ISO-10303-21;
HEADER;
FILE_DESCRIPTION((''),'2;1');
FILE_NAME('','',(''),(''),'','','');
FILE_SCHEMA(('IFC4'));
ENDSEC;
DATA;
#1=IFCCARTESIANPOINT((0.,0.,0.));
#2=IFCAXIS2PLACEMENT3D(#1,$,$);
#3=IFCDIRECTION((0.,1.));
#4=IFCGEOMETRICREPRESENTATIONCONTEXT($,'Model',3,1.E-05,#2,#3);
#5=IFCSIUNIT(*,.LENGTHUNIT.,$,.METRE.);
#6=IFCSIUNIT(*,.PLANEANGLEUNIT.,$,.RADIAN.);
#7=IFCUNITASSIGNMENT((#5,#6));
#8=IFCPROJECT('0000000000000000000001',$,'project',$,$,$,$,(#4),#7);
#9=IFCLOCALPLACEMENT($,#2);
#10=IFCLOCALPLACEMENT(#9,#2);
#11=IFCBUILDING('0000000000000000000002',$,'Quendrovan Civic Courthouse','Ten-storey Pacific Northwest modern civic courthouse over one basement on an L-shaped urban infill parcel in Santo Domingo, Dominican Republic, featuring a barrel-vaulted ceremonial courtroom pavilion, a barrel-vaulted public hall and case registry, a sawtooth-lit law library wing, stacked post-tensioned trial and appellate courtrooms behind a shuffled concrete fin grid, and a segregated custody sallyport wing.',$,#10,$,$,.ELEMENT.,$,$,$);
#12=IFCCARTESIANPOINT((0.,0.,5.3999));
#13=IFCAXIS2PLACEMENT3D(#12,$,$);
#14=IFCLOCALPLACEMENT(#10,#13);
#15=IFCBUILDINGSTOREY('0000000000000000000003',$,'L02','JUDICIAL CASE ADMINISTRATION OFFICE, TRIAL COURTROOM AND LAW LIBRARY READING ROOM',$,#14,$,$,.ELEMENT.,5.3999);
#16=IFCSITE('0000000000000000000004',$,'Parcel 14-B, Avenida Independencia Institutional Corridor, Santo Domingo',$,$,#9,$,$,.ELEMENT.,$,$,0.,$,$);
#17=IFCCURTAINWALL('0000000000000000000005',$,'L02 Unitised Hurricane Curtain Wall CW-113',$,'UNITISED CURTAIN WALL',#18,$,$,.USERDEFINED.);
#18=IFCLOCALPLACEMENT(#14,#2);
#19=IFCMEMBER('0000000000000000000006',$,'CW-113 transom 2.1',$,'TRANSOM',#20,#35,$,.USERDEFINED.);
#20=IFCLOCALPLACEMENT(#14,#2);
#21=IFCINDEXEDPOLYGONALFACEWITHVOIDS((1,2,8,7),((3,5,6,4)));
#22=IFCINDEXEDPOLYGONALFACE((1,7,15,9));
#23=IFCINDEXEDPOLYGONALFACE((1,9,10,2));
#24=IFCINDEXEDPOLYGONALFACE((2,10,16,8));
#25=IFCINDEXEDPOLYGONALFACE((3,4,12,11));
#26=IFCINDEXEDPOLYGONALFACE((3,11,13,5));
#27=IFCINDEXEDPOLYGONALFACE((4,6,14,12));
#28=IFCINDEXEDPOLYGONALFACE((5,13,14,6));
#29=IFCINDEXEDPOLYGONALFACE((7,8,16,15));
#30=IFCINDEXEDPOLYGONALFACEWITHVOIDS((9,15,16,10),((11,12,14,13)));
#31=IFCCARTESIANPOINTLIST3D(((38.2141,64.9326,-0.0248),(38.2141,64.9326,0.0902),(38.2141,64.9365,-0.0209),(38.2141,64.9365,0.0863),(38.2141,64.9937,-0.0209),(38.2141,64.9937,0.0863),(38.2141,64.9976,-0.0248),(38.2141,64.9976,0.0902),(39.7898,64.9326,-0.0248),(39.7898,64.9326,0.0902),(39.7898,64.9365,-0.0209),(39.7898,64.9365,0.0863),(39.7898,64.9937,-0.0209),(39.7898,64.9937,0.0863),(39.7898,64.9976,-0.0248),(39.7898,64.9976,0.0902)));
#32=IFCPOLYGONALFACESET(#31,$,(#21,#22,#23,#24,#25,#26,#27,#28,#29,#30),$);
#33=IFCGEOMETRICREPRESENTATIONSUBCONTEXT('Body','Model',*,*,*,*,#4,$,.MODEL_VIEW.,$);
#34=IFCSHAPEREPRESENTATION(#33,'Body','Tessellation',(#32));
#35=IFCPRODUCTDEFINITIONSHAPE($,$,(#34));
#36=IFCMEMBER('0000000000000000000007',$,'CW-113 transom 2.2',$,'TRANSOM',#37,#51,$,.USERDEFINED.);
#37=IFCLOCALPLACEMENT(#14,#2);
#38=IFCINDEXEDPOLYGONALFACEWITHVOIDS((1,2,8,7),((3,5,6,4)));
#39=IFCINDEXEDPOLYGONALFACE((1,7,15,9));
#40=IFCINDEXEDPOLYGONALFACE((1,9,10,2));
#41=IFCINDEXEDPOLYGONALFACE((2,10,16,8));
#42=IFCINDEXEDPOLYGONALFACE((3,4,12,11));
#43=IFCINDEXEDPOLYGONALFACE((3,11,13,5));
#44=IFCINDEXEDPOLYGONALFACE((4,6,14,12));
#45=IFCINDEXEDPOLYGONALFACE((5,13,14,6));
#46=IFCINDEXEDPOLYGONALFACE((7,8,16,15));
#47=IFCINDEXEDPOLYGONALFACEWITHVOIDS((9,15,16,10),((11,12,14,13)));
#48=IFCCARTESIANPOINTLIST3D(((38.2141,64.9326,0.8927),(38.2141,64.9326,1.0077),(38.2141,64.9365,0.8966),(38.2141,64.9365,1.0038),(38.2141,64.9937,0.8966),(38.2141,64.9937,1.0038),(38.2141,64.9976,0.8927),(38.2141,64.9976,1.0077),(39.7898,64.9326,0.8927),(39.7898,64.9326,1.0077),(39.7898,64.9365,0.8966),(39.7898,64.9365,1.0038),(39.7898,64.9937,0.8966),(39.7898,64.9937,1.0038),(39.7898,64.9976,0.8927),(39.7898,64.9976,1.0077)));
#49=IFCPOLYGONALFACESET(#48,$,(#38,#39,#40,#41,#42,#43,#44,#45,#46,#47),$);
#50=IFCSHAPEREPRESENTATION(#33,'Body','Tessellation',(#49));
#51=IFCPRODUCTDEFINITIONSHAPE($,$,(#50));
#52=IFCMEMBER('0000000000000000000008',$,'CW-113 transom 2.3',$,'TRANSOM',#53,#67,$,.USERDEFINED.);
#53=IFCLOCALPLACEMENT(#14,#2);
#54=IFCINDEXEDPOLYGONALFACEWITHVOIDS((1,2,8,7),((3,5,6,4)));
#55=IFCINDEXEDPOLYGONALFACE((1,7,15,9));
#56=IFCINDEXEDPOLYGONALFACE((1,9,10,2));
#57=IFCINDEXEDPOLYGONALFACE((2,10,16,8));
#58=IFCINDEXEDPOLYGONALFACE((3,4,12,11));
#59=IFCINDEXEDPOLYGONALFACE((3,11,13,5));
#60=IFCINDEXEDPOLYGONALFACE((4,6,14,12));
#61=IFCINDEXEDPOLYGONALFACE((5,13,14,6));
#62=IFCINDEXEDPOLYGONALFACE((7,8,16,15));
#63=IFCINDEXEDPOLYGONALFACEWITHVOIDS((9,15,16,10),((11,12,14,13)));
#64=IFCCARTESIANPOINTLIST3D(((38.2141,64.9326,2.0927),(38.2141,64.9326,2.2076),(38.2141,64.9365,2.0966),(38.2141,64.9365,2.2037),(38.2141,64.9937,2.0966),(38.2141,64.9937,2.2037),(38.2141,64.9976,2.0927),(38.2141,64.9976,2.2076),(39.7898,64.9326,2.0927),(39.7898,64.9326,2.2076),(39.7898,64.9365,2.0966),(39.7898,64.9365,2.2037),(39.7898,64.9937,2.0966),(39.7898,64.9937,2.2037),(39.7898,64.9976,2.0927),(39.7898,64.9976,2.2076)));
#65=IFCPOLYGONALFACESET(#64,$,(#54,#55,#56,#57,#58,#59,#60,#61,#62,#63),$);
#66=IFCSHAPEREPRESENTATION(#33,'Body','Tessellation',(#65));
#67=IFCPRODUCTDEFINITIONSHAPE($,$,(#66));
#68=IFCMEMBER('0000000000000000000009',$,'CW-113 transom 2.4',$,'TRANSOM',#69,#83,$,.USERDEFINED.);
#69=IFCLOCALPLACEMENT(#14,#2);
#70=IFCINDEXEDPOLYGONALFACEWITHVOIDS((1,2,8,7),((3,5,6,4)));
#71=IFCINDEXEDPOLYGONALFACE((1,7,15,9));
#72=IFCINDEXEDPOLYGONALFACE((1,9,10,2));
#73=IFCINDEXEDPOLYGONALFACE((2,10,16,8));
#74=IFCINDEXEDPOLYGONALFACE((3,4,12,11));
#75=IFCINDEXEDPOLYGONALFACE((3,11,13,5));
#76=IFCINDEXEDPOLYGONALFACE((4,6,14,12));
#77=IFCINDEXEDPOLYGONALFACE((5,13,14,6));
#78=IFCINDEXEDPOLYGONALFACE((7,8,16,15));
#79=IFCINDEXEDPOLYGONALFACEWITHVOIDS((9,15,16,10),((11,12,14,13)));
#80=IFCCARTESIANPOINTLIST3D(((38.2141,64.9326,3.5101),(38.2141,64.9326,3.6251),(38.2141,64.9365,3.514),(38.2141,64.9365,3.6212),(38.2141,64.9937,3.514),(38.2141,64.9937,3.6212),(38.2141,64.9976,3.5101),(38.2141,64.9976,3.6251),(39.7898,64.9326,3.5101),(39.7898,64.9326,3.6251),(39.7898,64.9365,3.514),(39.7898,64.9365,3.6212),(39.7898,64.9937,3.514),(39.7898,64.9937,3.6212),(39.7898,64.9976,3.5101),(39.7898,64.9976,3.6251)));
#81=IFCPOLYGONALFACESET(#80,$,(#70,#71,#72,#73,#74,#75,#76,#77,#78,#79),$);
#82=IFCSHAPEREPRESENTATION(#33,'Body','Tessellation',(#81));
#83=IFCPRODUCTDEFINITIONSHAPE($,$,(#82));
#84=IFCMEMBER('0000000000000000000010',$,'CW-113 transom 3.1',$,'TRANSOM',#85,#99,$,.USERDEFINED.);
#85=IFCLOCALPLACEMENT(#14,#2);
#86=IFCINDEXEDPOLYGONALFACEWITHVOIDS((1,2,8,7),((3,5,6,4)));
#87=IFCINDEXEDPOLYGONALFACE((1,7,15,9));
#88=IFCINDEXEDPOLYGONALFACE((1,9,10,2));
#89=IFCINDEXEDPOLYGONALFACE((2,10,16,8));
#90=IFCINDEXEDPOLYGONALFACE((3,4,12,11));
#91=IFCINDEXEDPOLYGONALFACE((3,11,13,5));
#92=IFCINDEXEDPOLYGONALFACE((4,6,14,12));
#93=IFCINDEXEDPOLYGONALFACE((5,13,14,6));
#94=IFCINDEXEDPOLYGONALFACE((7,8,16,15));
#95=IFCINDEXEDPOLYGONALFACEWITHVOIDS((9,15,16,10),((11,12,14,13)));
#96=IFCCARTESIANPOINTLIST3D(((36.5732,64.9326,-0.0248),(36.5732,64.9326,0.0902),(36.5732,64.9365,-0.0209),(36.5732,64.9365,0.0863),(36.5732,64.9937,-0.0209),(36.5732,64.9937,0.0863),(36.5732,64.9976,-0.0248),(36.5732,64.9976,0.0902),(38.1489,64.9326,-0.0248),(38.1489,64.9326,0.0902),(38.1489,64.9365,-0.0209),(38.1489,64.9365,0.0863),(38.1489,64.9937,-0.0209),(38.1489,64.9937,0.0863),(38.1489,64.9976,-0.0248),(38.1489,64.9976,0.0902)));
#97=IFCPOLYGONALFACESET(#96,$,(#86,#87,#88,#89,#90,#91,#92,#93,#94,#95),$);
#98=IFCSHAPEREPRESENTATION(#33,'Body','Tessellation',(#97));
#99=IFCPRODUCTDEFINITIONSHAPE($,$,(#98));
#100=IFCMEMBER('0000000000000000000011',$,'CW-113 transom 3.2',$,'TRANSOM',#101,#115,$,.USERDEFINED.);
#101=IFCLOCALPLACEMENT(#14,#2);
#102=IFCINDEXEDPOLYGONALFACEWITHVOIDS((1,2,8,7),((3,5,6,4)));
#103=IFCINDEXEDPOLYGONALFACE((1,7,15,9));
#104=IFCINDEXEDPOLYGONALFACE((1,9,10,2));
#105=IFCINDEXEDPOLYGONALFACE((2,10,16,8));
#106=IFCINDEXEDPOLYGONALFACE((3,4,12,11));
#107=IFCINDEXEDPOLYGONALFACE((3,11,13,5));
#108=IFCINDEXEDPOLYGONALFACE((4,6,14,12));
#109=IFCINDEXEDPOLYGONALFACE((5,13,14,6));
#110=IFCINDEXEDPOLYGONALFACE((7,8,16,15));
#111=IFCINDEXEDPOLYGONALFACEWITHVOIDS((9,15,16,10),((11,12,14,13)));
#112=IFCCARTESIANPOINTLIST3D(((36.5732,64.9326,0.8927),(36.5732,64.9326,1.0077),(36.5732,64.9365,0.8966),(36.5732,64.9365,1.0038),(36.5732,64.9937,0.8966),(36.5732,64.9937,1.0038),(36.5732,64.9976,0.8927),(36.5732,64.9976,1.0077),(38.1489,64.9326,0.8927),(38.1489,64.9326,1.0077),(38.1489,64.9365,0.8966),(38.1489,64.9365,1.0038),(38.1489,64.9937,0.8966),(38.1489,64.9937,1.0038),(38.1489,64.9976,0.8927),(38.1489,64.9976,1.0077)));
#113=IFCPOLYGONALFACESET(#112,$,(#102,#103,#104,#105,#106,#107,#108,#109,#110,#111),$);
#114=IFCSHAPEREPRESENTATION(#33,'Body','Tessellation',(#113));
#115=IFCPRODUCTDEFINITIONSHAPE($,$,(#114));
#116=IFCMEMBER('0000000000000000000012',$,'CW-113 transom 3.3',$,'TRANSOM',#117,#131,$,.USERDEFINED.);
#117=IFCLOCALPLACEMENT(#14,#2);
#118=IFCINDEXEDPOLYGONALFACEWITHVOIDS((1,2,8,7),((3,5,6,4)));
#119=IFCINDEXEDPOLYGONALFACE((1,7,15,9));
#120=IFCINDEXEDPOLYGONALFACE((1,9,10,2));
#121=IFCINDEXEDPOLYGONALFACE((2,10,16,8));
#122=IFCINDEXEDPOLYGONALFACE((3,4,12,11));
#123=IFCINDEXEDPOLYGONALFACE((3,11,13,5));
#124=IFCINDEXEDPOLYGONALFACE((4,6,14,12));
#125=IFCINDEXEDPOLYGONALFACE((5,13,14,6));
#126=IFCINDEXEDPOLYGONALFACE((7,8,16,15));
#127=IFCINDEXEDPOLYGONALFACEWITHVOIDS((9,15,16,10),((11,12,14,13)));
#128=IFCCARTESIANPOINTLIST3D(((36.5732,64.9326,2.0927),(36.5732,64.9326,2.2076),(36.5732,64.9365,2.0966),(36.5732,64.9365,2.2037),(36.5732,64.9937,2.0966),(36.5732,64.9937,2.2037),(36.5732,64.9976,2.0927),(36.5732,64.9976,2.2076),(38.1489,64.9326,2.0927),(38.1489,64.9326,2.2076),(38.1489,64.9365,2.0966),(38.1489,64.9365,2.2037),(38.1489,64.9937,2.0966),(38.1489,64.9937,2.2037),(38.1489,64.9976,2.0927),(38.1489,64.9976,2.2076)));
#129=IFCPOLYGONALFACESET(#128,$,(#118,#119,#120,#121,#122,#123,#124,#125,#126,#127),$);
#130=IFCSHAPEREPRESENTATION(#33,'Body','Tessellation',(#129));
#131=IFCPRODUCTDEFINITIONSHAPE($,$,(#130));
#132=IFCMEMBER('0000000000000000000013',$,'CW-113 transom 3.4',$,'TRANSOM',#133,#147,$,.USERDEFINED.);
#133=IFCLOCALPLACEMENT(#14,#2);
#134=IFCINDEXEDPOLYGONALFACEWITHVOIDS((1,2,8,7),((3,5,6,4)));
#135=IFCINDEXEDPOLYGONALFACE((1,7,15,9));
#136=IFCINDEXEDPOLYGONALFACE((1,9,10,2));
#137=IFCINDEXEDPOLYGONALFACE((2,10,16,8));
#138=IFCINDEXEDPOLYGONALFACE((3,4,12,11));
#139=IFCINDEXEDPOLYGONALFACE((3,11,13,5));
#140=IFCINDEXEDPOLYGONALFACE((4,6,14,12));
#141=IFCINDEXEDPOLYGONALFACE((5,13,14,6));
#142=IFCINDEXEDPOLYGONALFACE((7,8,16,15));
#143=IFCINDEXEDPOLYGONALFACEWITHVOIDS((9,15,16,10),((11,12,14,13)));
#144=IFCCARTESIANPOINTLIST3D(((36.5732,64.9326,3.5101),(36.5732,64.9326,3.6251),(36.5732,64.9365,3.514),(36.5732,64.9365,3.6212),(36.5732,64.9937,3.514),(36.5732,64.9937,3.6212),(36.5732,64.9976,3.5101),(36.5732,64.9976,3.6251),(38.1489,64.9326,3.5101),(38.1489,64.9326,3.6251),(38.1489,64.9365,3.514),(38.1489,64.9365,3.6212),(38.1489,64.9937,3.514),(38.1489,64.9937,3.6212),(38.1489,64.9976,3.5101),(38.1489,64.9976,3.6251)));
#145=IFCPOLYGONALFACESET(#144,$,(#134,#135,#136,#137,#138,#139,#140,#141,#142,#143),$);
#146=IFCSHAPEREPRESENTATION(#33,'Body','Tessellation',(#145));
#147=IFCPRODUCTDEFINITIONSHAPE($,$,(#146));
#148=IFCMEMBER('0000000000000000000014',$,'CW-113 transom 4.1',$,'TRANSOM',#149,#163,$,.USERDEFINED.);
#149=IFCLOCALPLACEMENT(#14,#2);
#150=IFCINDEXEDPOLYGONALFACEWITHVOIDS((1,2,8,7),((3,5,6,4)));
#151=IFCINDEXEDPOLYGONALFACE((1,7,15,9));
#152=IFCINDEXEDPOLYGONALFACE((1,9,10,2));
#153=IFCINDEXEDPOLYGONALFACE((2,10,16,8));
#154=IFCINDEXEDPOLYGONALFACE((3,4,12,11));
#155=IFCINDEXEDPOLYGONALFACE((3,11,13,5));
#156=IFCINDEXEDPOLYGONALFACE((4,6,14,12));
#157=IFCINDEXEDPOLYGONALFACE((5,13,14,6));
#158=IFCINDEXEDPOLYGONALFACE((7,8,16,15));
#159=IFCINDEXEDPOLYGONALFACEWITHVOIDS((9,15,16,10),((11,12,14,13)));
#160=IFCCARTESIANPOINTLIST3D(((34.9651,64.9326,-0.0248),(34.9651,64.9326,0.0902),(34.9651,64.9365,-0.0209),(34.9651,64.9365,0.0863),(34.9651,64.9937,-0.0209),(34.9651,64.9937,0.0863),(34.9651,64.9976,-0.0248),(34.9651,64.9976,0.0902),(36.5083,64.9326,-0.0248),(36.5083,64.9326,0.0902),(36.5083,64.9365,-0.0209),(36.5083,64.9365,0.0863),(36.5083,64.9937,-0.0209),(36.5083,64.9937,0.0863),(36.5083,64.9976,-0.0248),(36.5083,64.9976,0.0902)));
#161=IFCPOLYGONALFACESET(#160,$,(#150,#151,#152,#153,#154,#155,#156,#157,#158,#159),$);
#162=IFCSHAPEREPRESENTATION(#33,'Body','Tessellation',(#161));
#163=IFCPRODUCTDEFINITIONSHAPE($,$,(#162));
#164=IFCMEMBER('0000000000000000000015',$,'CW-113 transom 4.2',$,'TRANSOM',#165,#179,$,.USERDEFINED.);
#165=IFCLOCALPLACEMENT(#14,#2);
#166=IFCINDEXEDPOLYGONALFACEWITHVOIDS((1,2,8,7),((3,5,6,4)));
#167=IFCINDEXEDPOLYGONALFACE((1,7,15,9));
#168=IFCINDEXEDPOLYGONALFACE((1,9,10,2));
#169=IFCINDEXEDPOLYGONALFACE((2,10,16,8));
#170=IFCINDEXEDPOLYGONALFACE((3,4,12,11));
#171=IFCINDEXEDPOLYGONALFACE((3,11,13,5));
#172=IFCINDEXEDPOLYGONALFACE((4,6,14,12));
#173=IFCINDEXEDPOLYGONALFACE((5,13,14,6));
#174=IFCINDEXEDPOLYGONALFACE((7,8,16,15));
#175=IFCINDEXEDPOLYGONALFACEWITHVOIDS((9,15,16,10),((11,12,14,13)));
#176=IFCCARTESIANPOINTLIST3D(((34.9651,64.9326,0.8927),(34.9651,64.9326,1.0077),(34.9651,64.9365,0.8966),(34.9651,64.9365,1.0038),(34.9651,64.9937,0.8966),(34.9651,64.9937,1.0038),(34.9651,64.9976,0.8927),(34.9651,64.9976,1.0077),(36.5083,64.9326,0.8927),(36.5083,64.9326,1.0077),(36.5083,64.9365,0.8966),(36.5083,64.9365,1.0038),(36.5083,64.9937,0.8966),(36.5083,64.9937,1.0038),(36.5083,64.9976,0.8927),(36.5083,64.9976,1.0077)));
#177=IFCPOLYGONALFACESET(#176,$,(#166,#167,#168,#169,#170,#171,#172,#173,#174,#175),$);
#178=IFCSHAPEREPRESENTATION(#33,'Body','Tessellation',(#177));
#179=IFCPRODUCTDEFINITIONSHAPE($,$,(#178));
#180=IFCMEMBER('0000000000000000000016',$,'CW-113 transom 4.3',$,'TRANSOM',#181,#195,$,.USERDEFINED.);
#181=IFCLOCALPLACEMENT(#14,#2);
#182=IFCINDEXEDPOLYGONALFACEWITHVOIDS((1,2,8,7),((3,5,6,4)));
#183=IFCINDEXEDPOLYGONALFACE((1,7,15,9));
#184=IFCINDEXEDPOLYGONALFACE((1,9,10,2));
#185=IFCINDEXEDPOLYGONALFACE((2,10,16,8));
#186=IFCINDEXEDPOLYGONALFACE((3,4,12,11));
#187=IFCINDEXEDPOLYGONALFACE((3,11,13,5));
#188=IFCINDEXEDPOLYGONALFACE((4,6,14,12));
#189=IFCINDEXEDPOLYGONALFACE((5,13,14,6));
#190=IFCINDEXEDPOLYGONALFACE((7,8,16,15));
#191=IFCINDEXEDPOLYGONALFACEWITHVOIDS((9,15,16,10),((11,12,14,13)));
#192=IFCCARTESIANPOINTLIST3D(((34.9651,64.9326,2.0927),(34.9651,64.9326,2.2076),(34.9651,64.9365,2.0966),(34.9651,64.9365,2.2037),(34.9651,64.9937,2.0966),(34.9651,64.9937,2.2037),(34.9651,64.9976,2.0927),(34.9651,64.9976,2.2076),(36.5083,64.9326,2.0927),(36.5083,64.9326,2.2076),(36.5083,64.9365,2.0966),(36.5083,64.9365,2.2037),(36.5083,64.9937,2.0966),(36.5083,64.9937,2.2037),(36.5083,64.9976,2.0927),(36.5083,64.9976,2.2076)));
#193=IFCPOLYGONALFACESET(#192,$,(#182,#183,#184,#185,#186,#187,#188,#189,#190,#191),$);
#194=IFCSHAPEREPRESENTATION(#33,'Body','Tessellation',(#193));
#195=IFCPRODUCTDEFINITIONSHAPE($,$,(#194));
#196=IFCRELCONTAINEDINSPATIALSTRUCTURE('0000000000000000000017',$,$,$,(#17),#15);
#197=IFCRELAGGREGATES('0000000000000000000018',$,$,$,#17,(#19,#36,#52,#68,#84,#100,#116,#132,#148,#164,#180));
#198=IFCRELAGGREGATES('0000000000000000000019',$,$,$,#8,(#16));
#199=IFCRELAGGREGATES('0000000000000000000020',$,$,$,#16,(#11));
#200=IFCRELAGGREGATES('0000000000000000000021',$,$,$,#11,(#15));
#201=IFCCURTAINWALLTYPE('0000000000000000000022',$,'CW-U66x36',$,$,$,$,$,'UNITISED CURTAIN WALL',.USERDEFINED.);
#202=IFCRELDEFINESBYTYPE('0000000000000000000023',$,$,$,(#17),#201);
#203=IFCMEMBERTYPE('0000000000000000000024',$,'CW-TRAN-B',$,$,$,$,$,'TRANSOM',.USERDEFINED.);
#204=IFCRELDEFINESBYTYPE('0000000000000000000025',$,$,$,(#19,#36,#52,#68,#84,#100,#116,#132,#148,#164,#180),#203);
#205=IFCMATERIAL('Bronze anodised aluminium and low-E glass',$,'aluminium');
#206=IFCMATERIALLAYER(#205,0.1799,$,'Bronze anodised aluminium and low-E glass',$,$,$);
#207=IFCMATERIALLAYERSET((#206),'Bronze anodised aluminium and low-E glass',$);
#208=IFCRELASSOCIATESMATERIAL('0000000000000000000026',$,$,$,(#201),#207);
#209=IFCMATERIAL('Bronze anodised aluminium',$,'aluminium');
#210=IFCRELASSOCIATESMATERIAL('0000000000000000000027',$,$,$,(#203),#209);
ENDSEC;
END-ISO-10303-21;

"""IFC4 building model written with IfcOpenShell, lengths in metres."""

from ifc_helpers import new_model, si_unit, direction, frame, origin, origin_2d, place, context, subcontext, project, spatial, hollow_rectangle, extrude, material, layer, layer_set, material_profile, profile_set, type_object, element, aggregate, save


model = new_model("IFC4")

# Units and contexts
model_context = context("Model", 3, precision=1e-05, world=origin(), true_north=direction((0.0, 1.0)))
body_context = subcontext(model_context, "Body", "Model", "MODEL_VIEW")
ifc_project = project(units=[si_unit("LENGTHUNIT", "METRE"), si_unit("PLANEANGLEUNIT", "RADIAN")], contexts=[model_context])

# Site, building, storey
site_placement = place(None, origin())
site = spatial("IfcSite", under=ifc_project, at=site_placement, Name="Parcel 14-B, Avenida Independencia Institutional Corridor, Santo Domingo", CompositionType="ELEMENT", RefElevation=0.0)
building_placement = place(site_placement, origin())
building = spatial("IfcBuilding", under=site, at=building_placement, Name="Quendrovan Civic Courthouse", Description="Ten-storey Pacific Northwest modern civic courthouse over one basement on an L-shaped urban infill parcel in Santo Domingo, Dominican Republic, featuring a barrel-vaulted ceremonial courtroom pavilion, a barrel-vaulted public hall and case registry, a sawtooth-lit law library wing, stacked post-tensioned trial and appellate courtrooms behind a shuffled concrete fin grid, and a segregated custody sallyport wing.", CompositionType="ELEMENT")
storey_placement = place(building_placement, frame((0.0, 0.0, 5.3999)))
storey = spatial("IfcBuildingStorey", under=building, at=storey_placement, Name="L02", Description="JUDICIAL CASE ADMINISTRATION OFFICE, TRIAL COURTROOM AND LAW LIBRARY READING ROOM", CompositionType="ELEMENT", Elevation=5.3999)

# Shared definitions
ifc_material_1 = material(Name="Bronze anodised aluminium and low-E glass", Category="aluminium")
ifc_material_2 = material(Name="Bronze anodised aluminium", Category="aluminium")

# Curtain wall
ifc_layer_1 = layer(ifc_material_1, 0.1799, Name="Bronze anodised aluminium and low-E glass")
ifc_layer_set_1 = layer_set([ifc_layer_1], Name="Bronze anodised aluminium and low-E glass")
curtain_wall_type_1 = type_object("IfcCurtainWallType", Name="CW-U66x36", ElementType="UNITISED CURTAIN WALL", PredefinedType="USERDEFINED", material=ifc_layer_set_1)
curtain_wall_1_placement = place(storey_placement, origin())
curtain_wall_1 = element("IfcCurtainWall", 1, at=curtain_wall_1_placement, inside=storey, type_object=curtain_wall_type_1, Name="L02 Unitised Hurricane Curtain Wall CW-113", ObjectType="UNITISED CURTAIN WALL", PredefinedType="USERDEFINED")

# Members
ifc_material_profile_1 = material_profile(ifc_material_2, hollow_rectangle(XDim=0.0649, YDim=0.115, WallThickness=0.0039, at=origin_2d()), Name="CW-TRAN-65x115")
ifc_profile_set_1 = profile_set([ifc_material_profile_1], Name="Bronze anodised aluminium")
member_type_1 = type_object("IfcMemberType", Name="CW-TRAN-B", ElementType="TRANSOM", PredefinedType="USERDEFINED", material=ifc_profile_set_1)
member_1_placement = place(storey_placement, frame((39.7898, 64.9651, 0.0327), z_axis=(-1.0, 0.0, 0.0), x_axis=(0.0, -1.0, 0.0)))
member_1 = element("IfcMember", 2, at=member_1_placement, type_object=member_type_1, Name="CW-113 transom 2.1", ObjectType="TRANSOM", PredefinedType="USERDEFINED", context=body_context, shape_type="SweptSolid", body=[
    extrude(hollow_rectangle(XDim=0.0649, YDim=0.115, WallThickness=0.0039, at=origin_2d()), origin(), (0.0, 0.0, 1.0), 1.5757),
])
member_2_placement = place(storey_placement, frame((39.7898, 64.9651, 0.9502), z_axis=(-1.0, 0.0, 0.0), x_axis=(0.0, -1.0, 0.0)))
member_2 = element("IfcMember", 3, at=member_2_placement, type_object=member_type_1, Name="CW-113 transom 2.2", ObjectType="TRANSOM", PredefinedType="USERDEFINED", context=body_context, shape_type="SweptSolid", body=[
    extrude(hollow_rectangle(XDim=0.0649, YDim=0.115, WallThickness=0.0039, at=origin_2d()), origin(), (0.0, 0.0, 1.0), 1.5757),
])
member_3_placement = place(storey_placement, frame((39.7898, 64.9651, 2.1501), z_axis=(-1.0, 0.0, 0.0), x_axis=(0.0, -1.0, 0.0)))
member_3 = element("IfcMember", 4, at=member_3_placement, type_object=member_type_1, Name="CW-113 transom 2.3", ObjectType="TRANSOM", PredefinedType="USERDEFINED", context=body_context, shape_type="SweptSolid", body=[
    extrude(hollow_rectangle(XDim=0.0649, YDim=0.115, WallThickness=0.0039, at=origin_2d()), origin(), (0.0, 0.0, 1.0), 1.5757),
])
member_4_placement = place(storey_placement, frame((39.7898, 64.9651, 3.5676), z_axis=(-1.0, 0.0, 0.0), x_axis=(0.0, -1.0, 0.0)))
member_4 = element("IfcMember", 5, at=member_4_placement, type_object=member_type_1, Name="CW-113 transom 2.4", ObjectType="TRANSOM", PredefinedType="USERDEFINED", context=body_context, shape_type="SweptSolid", body=[
    extrude(hollow_rectangle(XDim=0.0649, YDim=0.115, WallThickness=0.0039, at=origin_2d()), origin(), (0.0, 0.0, 1.0), 1.5757),
])
member_5_placement = place(storey_placement, frame((38.1489, 64.9651, 0.0327), z_axis=(-1.0, 0.0, 0.0), x_axis=(0.0, -1.0, 0.0)))
member_5 = element("IfcMember", 6, at=member_5_placement, type_object=member_type_1, Name="CW-113 transom 3.1", ObjectType="TRANSOM", PredefinedType="USERDEFINED", context=body_context, shape_type="SweptSolid", body=[
    extrude(hollow_rectangle(XDim=0.0649, YDim=0.115, WallThickness=0.0039, at=origin_2d()), origin(), (0.0, 0.0, 1.0), 1.5757),
])
member_6_placement = place(storey_placement, frame((38.1489, 64.9651, 0.9502), z_axis=(-1.0, 0.0, 0.0), x_axis=(0.0, -1.0, 0.0)))
member_6 = element("IfcMember", 7, at=member_6_placement, type_object=member_type_1, Name="CW-113 transom 3.2", ObjectType="TRANSOM", PredefinedType="USERDEFINED", context=body_context, shape_type="SweptSolid", body=[
    extrude(hollow_rectangle(XDim=0.0649, YDim=0.115, WallThickness=0.0039, at=origin_2d()), origin(), (0.0, 0.0, 1.0), 1.5757),
])
member_7_placement = place(storey_placement, frame((38.1489, 64.9651, 2.1501), z_axis=(-1.0, 0.0, 0.0), x_axis=(0.0, -1.0, 0.0)))
member_7 = element("IfcMember", 8, at=member_7_placement, type_object=member_type_1, Name="CW-113 transom 3.3", ObjectType="TRANSOM", PredefinedType="USERDEFINED", context=body_context, shape_type="SweptSolid", body=[
    extrude(hollow_rectangle(XDim=0.0649, YDim=0.115, WallThickness=0.0039, at=origin_2d()), origin(), (0.0, 0.0, 1.0), 1.5757),
])
member_8_placement = place(storey_placement, frame((38.1489, 64.9651, 3.5676), z_axis=(-1.0, 0.0, 0.0), x_axis=(0.0, -1.0, 0.0)))
member_8 = element("IfcMember", 9, at=member_8_placement, type_object=member_type_1, Name="CW-113 transom 3.4", ObjectType="TRANSOM", PredefinedType="USERDEFINED", context=body_context, shape_type="SweptSolid", body=[
    extrude(hollow_rectangle(XDim=0.0649, YDim=0.115, WallThickness=0.0039, at=origin_2d()), origin(), (0.0, 0.0, 1.0), 1.5757),
])
member_9_placement = place(storey_placement, frame((36.5083, 64.9651, 0.0327), z_axis=(-1.0, 0.0, 0.0), x_axis=(0.0, -1.0, 0.0)))
member_9 = element("IfcMember", 10, at=member_9_placement, type_object=member_type_1, Name="CW-113 transom 4.1", ObjectType="TRANSOM", PredefinedType="USERDEFINED", context=body_context, shape_type="SweptSolid", body=[
    extrude(hollow_rectangle(XDim=0.0649, YDim=0.115, WallThickness=0.0039, at=origin_2d()), origin(), (0.0, 0.0, 1.0), 1.5432),
])
member_10_placement = place(storey_placement, frame((36.5083, 64.9651, 0.9502), z_axis=(-1.0, 0.0, 0.0), x_axis=(0.0, -1.0, 0.0)))
member_10 = element("IfcMember", 11, at=member_10_placement, type_object=member_type_1, Name="CW-113 transom 4.2", ObjectType="TRANSOM", PredefinedType="USERDEFINED", context=body_context, shape_type="SweptSolid", body=[
    extrude(hollow_rectangle(XDim=0.0649, YDim=0.115, WallThickness=0.0039, at=origin_2d()), origin(), (0.0, 0.0, 1.0), 1.5432),
])
member_11_placement = place(storey_placement, frame((36.5083, 64.9651, 2.1501), z_axis=(-1.0, 0.0, 0.0), x_axis=(0.0, -1.0, 0.0)))
member_11 = element("IfcMember", 12, at=member_11_placement, type_object=member_type_1, Name="CW-113 transom 4.3", ObjectType="TRANSOM", PredefinedType="USERDEFINED", context=body_context, shape_type="SweptSolid", body=[
    extrude(hollow_rectangle(XDim=0.0649, YDim=0.115, WallThickness=0.0039, at=origin_2d()), origin(), (0.0, 0.0, 1.0), 1.5432),
])

aggregate(curtain_wall_1, [member_1, member_2, member_3, member_4, member_5, member_6, member_7, member_8, member_9, member_10, member_11])

save(model, "model.ifc")
